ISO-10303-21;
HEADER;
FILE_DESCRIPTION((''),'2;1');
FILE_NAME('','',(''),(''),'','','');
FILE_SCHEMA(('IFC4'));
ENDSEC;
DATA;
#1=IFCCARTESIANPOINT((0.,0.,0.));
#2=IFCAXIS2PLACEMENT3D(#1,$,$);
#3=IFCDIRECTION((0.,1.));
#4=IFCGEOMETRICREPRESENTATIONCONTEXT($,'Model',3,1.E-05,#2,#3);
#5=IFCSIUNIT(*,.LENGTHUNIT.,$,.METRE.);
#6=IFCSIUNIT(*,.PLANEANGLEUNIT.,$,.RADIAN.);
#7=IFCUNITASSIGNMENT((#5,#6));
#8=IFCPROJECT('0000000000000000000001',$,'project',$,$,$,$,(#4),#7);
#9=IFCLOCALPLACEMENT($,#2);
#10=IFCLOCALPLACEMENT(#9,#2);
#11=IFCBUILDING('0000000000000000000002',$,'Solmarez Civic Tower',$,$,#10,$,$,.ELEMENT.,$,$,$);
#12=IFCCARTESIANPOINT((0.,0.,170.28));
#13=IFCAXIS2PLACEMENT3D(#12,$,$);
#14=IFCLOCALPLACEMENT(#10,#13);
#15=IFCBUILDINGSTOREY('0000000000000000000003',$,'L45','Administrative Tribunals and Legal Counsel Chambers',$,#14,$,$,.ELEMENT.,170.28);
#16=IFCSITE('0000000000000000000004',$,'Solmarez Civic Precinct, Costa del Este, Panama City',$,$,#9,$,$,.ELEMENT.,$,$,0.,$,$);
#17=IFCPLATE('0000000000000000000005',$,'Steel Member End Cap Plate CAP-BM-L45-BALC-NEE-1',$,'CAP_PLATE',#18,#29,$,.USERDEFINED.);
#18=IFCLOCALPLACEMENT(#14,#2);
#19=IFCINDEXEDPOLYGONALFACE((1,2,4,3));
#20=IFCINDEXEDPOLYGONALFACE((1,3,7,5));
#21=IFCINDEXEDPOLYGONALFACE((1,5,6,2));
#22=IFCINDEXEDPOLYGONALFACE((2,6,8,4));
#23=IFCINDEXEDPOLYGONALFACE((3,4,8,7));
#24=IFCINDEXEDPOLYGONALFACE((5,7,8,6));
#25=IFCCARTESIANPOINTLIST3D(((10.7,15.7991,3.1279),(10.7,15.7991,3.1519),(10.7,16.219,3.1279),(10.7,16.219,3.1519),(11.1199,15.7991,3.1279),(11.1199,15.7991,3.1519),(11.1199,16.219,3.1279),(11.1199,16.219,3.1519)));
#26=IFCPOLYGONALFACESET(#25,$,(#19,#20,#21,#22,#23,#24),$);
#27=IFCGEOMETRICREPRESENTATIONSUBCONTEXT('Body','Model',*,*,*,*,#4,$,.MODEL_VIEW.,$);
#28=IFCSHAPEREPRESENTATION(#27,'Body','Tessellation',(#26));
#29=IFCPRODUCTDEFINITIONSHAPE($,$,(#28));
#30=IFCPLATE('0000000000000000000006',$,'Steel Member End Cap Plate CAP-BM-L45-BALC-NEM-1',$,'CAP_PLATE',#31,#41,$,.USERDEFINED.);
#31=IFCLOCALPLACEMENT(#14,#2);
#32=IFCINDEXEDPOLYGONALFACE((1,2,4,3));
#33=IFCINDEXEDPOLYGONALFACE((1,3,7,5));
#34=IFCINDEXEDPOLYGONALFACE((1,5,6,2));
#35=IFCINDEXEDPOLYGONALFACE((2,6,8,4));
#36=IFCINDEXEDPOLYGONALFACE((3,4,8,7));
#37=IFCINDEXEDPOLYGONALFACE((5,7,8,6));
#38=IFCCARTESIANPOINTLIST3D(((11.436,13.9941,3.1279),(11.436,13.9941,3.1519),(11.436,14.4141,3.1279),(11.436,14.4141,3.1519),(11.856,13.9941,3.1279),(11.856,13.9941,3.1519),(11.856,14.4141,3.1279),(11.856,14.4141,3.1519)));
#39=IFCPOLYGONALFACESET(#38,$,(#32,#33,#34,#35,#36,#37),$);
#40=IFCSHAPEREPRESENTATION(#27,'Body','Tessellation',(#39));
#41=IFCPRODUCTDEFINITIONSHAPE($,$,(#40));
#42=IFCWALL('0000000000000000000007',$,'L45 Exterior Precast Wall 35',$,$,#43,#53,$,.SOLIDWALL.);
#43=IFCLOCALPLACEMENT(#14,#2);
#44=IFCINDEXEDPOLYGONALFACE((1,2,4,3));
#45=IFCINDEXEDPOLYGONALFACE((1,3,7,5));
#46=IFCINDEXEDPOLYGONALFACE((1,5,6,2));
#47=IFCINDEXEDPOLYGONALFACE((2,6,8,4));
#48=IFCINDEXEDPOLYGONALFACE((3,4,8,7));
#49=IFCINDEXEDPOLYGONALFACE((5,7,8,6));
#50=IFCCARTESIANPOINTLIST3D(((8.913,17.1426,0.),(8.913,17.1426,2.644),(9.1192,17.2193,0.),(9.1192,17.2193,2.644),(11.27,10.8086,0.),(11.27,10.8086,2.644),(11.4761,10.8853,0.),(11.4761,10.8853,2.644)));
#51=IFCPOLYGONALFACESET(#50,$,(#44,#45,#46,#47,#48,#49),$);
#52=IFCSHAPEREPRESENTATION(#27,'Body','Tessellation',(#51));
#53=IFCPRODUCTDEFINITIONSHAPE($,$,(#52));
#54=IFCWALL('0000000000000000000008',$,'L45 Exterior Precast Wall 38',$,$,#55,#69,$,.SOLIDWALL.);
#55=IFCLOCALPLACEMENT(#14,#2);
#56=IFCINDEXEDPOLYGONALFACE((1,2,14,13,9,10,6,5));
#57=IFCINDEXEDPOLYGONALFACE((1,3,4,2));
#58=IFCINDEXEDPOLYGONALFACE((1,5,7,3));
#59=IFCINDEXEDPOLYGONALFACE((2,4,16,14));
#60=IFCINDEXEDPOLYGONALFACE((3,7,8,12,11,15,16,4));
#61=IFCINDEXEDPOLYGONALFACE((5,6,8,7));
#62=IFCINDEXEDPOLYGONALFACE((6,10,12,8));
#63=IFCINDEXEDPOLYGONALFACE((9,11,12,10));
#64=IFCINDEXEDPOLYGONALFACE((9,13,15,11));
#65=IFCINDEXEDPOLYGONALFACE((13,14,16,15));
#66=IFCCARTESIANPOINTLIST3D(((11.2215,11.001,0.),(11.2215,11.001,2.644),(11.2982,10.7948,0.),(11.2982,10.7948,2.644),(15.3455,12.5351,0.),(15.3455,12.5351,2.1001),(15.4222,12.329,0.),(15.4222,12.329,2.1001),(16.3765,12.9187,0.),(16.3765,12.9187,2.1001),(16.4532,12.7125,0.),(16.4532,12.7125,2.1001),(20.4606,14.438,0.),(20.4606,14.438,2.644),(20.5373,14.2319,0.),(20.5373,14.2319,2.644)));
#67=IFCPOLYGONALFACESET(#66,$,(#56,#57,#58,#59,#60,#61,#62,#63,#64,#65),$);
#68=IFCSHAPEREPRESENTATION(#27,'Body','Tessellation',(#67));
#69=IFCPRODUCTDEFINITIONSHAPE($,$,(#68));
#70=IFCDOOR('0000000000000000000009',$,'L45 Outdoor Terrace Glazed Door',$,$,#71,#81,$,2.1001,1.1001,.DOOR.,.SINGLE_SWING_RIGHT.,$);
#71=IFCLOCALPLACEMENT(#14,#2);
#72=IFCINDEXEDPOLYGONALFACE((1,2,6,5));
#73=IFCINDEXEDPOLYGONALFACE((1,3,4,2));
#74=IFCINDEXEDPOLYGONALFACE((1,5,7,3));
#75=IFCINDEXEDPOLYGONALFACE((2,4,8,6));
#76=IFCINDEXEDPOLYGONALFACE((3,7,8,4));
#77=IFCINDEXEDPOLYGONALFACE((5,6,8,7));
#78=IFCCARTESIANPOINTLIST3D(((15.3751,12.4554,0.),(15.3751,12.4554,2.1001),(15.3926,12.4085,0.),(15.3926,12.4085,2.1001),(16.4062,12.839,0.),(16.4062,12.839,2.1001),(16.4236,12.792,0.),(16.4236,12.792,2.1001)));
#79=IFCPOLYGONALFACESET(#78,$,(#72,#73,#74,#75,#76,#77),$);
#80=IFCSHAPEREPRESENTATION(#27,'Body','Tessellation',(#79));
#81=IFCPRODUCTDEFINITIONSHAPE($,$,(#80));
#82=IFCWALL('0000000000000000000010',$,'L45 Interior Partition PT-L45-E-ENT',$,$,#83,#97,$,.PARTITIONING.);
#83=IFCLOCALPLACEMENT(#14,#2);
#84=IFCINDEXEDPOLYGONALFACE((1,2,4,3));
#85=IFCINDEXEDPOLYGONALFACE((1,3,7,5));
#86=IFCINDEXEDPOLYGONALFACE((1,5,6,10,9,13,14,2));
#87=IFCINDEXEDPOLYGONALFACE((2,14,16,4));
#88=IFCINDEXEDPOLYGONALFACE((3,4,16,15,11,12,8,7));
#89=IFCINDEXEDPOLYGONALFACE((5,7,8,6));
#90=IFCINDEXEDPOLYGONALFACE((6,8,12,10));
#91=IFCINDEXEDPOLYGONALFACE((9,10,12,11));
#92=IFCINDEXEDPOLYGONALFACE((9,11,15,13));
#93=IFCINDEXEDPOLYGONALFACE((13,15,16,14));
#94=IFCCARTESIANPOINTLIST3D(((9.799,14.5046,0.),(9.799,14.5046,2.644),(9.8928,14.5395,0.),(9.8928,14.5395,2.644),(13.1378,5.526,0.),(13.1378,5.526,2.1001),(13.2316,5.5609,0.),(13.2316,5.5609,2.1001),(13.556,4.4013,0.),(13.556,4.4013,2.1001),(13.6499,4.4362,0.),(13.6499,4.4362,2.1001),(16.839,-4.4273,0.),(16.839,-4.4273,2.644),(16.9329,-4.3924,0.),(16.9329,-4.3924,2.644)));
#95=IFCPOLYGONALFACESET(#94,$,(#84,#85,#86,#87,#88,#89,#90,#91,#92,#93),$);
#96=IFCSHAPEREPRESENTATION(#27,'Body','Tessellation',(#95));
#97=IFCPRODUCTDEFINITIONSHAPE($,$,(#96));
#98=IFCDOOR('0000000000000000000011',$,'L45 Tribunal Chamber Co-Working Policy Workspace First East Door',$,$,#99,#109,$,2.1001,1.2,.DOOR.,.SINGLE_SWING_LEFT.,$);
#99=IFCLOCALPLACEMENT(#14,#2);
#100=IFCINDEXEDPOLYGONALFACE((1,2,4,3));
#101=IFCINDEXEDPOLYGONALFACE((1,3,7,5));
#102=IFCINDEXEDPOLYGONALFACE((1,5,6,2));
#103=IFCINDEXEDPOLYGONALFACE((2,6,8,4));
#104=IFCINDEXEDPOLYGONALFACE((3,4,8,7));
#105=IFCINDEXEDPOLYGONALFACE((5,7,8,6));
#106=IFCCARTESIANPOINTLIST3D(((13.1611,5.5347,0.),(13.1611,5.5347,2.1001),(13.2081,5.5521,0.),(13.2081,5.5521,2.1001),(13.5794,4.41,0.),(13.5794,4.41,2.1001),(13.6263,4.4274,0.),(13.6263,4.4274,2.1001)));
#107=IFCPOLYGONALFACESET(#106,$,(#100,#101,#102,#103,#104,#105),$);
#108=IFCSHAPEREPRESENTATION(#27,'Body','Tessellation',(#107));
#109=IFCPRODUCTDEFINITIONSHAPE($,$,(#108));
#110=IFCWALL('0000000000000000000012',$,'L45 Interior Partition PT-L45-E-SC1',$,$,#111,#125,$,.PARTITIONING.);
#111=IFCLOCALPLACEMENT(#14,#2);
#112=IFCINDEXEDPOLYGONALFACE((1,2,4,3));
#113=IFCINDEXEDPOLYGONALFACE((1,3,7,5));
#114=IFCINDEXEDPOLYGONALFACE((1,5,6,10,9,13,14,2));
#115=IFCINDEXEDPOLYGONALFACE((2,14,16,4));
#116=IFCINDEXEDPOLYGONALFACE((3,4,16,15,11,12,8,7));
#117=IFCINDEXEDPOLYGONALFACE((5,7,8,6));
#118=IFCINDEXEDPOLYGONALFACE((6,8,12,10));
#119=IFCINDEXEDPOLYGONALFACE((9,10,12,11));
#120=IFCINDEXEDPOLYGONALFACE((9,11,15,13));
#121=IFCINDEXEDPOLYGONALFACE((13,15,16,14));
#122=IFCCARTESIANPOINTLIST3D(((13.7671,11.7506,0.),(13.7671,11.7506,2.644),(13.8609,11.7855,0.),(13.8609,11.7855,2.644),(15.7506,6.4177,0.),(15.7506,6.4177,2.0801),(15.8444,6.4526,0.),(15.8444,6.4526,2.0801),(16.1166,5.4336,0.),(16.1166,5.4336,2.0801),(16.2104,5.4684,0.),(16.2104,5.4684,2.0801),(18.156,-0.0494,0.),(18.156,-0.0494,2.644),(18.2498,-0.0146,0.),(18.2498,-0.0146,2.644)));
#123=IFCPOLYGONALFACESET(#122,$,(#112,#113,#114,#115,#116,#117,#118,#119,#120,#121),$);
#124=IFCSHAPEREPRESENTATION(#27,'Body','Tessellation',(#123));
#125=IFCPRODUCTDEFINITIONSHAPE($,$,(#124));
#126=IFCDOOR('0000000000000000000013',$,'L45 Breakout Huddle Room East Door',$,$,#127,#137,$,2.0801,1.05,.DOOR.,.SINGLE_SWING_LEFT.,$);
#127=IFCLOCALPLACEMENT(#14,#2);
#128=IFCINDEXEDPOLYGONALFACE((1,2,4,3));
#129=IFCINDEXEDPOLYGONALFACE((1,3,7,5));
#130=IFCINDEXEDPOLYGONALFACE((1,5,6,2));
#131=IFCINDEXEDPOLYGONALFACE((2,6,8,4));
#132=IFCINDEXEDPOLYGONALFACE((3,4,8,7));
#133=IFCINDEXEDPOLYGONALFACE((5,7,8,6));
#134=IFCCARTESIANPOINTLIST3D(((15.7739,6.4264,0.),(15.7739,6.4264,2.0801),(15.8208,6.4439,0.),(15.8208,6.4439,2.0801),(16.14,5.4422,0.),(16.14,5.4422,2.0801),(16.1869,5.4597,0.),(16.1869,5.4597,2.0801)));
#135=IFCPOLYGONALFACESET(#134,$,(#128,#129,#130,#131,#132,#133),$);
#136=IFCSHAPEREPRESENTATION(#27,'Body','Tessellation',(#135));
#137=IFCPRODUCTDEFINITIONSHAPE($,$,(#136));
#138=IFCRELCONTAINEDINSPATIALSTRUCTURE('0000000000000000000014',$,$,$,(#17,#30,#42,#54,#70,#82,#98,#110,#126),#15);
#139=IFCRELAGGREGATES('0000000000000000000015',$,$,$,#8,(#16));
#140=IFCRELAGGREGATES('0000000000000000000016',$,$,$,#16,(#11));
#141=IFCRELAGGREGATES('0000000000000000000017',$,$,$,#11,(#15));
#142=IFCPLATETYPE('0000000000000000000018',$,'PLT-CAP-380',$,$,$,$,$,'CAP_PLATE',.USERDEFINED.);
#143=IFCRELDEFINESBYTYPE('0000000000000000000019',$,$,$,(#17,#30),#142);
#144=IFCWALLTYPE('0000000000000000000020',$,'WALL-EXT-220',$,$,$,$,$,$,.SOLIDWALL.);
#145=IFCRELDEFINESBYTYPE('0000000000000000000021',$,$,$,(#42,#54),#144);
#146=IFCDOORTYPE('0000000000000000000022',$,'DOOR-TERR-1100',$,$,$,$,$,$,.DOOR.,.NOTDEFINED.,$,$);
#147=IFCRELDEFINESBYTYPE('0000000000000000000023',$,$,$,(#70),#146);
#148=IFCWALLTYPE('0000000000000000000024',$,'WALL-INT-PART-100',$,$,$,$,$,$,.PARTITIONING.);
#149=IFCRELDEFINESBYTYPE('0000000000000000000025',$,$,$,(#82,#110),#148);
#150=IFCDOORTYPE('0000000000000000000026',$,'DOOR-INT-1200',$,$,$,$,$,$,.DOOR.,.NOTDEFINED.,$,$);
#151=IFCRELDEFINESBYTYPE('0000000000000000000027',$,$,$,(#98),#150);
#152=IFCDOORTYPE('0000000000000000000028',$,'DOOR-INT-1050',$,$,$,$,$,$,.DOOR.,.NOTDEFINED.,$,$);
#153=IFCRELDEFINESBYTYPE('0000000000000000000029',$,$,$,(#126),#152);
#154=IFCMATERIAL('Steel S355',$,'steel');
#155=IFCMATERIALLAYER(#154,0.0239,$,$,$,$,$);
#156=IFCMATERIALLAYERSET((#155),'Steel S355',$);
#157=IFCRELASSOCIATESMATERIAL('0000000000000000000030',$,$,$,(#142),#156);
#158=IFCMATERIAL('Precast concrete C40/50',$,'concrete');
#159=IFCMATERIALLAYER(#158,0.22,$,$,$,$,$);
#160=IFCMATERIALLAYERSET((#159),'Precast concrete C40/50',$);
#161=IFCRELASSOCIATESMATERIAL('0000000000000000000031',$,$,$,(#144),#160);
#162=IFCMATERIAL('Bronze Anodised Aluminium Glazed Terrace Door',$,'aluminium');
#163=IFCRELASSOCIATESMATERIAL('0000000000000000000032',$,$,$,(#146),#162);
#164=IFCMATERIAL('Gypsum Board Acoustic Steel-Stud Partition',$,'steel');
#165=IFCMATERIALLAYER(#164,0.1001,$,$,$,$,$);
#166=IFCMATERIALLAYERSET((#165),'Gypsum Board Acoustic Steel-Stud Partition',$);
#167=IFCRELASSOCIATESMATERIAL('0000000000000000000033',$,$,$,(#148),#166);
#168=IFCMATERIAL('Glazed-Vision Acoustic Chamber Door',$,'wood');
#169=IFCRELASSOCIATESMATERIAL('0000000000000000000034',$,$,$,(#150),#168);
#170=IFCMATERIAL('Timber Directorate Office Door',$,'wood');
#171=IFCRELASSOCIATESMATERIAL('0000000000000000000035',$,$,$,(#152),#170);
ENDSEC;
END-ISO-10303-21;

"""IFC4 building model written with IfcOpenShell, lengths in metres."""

from ifc_helpers import new_model, si_unit, direction, frame, frame_2d, origin, origin_2d, place, context, subcontext, project, spatial, rectangle, extrude, material, layer, layer_set, type_object, element, fill, save


model = new_model("IFC4")

# Units and contexts
model_context = context("Model", 3, precision=1e-05, world=origin(), true_north=direction((0.0, 1.0)))
body_context = subcontext(model_context, "Body", "Model", "MODEL_VIEW")
ifc_project = project(units=[si_unit("LENGTHUNIT", "METRE"), si_unit("PLANEANGLEUNIT", "RADIAN")], contexts=[model_context])

# Site, building, storey
site_placement = place(None, origin())
site = spatial("IfcSite", under=ifc_project, at=site_placement, Name="Solmarez Civic Precinct, Costa del Este, Panama City", CompositionType="ELEMENT", RefElevation=0.0)
building_placement = place(site_placement, origin())
building = spatial("IfcBuilding", under=site, at=building_placement, Name="Solmarez Civic Tower", CompositionType="ELEMENT")
storey_placement = place(building_placement, frame((0.0, 0.0, 170.28)))
storey = spatial("IfcBuildingStorey", under=building, at=storey_placement, Name="L45", Description="Administrative Tribunals and Legal Counsel Chambers", CompositionType="ELEMENT", Elevation=170.28)

# Shared definitions
ifc_material_1 = material(Name="Steel S355", Category="steel")

# Plates
ifc_layer_1 = layer(ifc_material_1, 0.0239)
ifc_layer_set_1 = layer_set([ifc_layer_1], Name="Steel S355")
plate_type = type_object("IfcPlateType", Name="PLT-CAP-380", ElementType="CAP_PLATE", PredefinedType="USERDEFINED", material=ifc_layer_set_1)
for number, where, z_axis, x_axis, name in (
    (1, (10.9099, 16.009, 3.1279), (0.0, 0.0, 1.0), (1.0, 0.0, 0.0), "Steel Member End Cap Plate CAP-BM-L45-BALC-NEE-1"),
    (2, (11.646, 14.2041, 3.1279), (0.0, 0.0, 1.0), (1.0, 0.0, 0.0), "Steel Member End Cap Plate CAP-BM-L45-BALC-NEM-1"),
):
    element("IfcPlate", number, at=place(storey_placement, frame(where, z_axis=z_axis, x_axis=x_axis)), inside=storey, type_object=plate_type, Name=name, ObjectType="CAP_PLATE", PredefinedType="USERDEFINED", context=body_context, shape_type="SweptSolid", body=[
        extrude(rectangle(XDim=0.4199, YDim=0.4199, at=origin_2d()), origin(), (0.0, 0.0, 1.0), 0.0239),
    ])

# Wall
ifc_material_2 = material(Name="Precast concrete C40/50", Category="concrete")
ifc_layer_2 = layer(ifc_material_2, 0.22)
ifc_layer_set_2 = layer_set([ifc_layer_2], Name="Precast concrete C40/50")
wall_type_1 = type_object("IfcWallType", Name="WALL-EXT-220", PredefinedType="SOLIDWALL", material=ifc_layer_set_2)
wall_1_placement = place(storey_placement, frame((9.0161, 17.1809, 0.0), z_axis=(0.0, 0.0, 1.0), x_axis=(0.348747, -0.937217, 0.0)))
element("IfcWall", 3, at=wall_1_placement, inside=storey, type_object=wall_type_1, Name="L45 Exterior Precast Wall 35", PredefinedType="SOLIDWALL", context=body_context, shape_type="SweptSolid", body=[
    extrude(rectangle(XDim=6.7583, YDim=0.22, at=frame_2d((3.3792, 0.0))), origin(), (0.0, 0.0, 1.0), 2.644),
])

# Walls, openings, doors
wall_2_placement = place(storey_placement, frame((11.26, 10.8979, 0.0), z_axis=(0.0, 0.0, 1.0), x_axis=(0.937247, 0.348666, 0.0)))
wall_2 = element("IfcWall", 4, at=wall_2_placement, inside=storey, type_object=wall_type_1, Name="L45 Exterior Precast Wall 38", PredefinedType="SOLIDWALL", context=body_context, shape_type="SweptSolid", body=[
    extrude(rectangle(XDim=9.8577, YDim=0.22, at=frame_2d((4.9287, 0.0))), origin(), (0.0, 0.0, 1.0), 2.644),
])
opening_1_placement = place(wall_2_placement, frame((4.3999, 0.0, 0.0)))
opening_1 = element("IfcOpeningElement", 5, at=opening_1_placement, cuts=wall_2, PredefinedType="OPENING", context=body_context, shape_type="SweptSolid", body=[
    extrude(rectangle(XDim=1.1001, YDim=2.1001, at=frame_2d((0.55, 1.05))), frame((0.0, 0.1199, 0.0), z_axis=(0.0, -1.0, 0.0), x_axis=(1.0, 0.0, 0.0)), (0.0, 0.0, 1.0), 0.24),
])
ifc_material_3 = material(Name="Bronze Anodised Aluminium Glazed Terrace Door", Category="aluminium")
door_type_1 = type_object("IfcDoorType", Name="DOOR-TERR-1100", OperationType="NOTDEFINED", PredefinedType="DOOR", material=ifc_material_3)
door_1_placement = place(opening_1_placement, origin())
door_1 = element("IfcDoor", 6, at=door_1_placement, inside=storey, type_object=door_type_1, Name="L45 Outdoor Terrace Glazed Door", OperationType="SINGLE_SWING_RIGHT", OverallHeight=2.1001, OverallWidth=1.1001, PredefinedType="DOOR", context=body_context, shape_type="SweptSolid", body=[
    extrude(rectangle(XDim=1.1001, YDim=2.1001, at=frame_2d((0.55, 1.05))), frame((0.0, 0.0249, 0.0), z_axis=(0.0, -1.0, 0.0), x_axis=(1.0, 0.0, 0.0)), (0.0, 0.0, 1.0), 0.05),
])
fill(opening_1, door_1)
ifc_material_4 = material(Name="Gypsum Board Acoustic Steel-Stud Partition", Category="steel")
ifc_layer_3 = layer(ifc_material_4, 0.1001)
ifc_layer_set_3 = layer_set([ifc_layer_3], Name="Gypsum Board Acoustic Steel-Stud Partition")
wall_type_2 = type_object("IfcWallType", Name="WALL-INT-PART-100", PredefinedType="PARTITIONING", material=ifc_layer_set_3)
wall_3_placement = place(storey_placement, frame((9.8459, 14.522, 0.0), z_axis=(0.0, 0.0, 1.0), x_axis=(0.348543, -0.937293, 0.0)))
wall_3 = element("IfcWall", 7, at=wall_3_placement, inside=storey, type_object=wall_type_2, Name="L45 Interior Partition PT-L45-E-ENT", PredefinedType="PARTITIONING", context=body_context, shape_type="SweptSolid", body=[
    extrude(rectangle(XDim=20.1985, YDim=0.1001, at=frame_2d((10.0991, 0.0))), origin(), (0.0, 0.0, 1.0), 2.644),
])
opening_2_placement = place(wall_3_placement, frame((9.5791, 0.0, 0.0)))
opening_2 = element("IfcOpeningElement", 8, at=opening_2_placement, cuts=wall_3, PredefinedType="OPENING", context=body_context, shape_type="SweptSolid", body=[
    extrude(rectangle(XDim=1.2, YDim=2.1001, at=frame_2d((0.6001, 1.05))), frame((0.0, 0.0601, 0.0), z_axis=(0.0, -1.0, 0.0), x_axis=(1.0, 0.0, 0.0)), (0.0, 0.0, 1.0), 0.1201),
])
ifc_material_5 = material(Name="Glazed-Vision Acoustic Chamber Door", Category="wood")
door_type_2 = type_object("IfcDoorType", Name="DOOR-INT-1200", OperationType="NOTDEFINED", PredefinedType="DOOR", material=ifc_material_5)
door_2_placement = place(opening_2_placement, origin())
door_2 = element("IfcDoor", 9, at=door_2_placement, inside=storey, type_object=door_type_2, Name="L45 Tribunal Chamber Co-Working Policy Workspace First East Door", OperationType="SINGLE_SWING_LEFT", OverallHeight=2.1001, OverallWidth=1.2, PredefinedType="DOOR", context=body_context, shape_type="SweptSolid", body=[
    extrude(rectangle(XDim=1.2, YDim=2.1001, at=frame_2d((0.6001, 1.05))), frame((0.0, 0.0249, 0.0), z_axis=(0.0, -1.0, 0.0), x_axis=(1.0, 0.0, 0.0)), (0.0, 0.0, 1.0), 0.05),
])
fill(opening_2, door_2)
wall_4_placement = place(storey_placement, frame((13.814, 11.7681, 0.0), z_axis=(0.0, 0.0, 1.0), x_axis=(0.348608, -0.937269, 0.0)))
wall_4 = element("IfcWall", 10, at=wall_4_placement, inside=storey, type_object=wall_type_2, Name="L45 Interior Partition PT-L45-E-SC1", PredefinedType="PARTITIONING", context=body_context, shape_type="SweptSolid", body=[
    extrude(rectangle(XDim=12.5898, YDim=0.1001, at=frame_2d((6.2949, 0.0))), origin(), (0.0, 0.0, 1.0), 2.644),
])
opening_3_placement = place(wall_4_placement, frame((5.6899, 0.0, 0.0)))
opening_3 = element("IfcOpeningElement", 11, at=opening_3_placement, cuts=wall_4, PredefinedType="OPENING", context=body_context, shape_type="SweptSolid", body=[
    extrude(rectangle(XDim=1.05, YDim=2.0801, at=frame_2d((0.5249, 1.04))), frame((0.0, 0.0601, 0.0), z_axis=(0.0, -1.0, 0.0), x_axis=(1.0, 0.0, 0.0)), (0.0, 0.0, 1.0), 0.1201),
])
ifc_material_6 = material(Name="Timber Directorate Office Door", Category="wood")
door_type_3 = type_object("IfcDoorType", Name="DOOR-INT-1050", OperationType="NOTDEFINED", PredefinedType="DOOR", material=ifc_material_6)
door_3_placement = place(opening_3_placement, origin())
door_3 = element("IfcDoor", 12, at=door_3_placement, inside=storey, type_object=door_type_3, Name="L45 Breakout Huddle Room East Door", OperationType="SINGLE_SWING_LEFT", OverallHeight=2.0801, OverallWidth=1.05, PredefinedType="DOOR", context=body_context, shape_type="SweptSolid", body=[
    extrude(rectangle(XDim=1.05, YDim=2.0801, at=frame_2d((0.5249, 1.04))), frame((0.0, 0.0249, 0.0), z_axis=(0.0, -1.0, 0.0), x_axis=(1.0, 0.0, 0.0)), (0.0, 0.0, 1.0), 0.05),
])
fill(opening_3, door_3)

save(model, "model.ifc")
